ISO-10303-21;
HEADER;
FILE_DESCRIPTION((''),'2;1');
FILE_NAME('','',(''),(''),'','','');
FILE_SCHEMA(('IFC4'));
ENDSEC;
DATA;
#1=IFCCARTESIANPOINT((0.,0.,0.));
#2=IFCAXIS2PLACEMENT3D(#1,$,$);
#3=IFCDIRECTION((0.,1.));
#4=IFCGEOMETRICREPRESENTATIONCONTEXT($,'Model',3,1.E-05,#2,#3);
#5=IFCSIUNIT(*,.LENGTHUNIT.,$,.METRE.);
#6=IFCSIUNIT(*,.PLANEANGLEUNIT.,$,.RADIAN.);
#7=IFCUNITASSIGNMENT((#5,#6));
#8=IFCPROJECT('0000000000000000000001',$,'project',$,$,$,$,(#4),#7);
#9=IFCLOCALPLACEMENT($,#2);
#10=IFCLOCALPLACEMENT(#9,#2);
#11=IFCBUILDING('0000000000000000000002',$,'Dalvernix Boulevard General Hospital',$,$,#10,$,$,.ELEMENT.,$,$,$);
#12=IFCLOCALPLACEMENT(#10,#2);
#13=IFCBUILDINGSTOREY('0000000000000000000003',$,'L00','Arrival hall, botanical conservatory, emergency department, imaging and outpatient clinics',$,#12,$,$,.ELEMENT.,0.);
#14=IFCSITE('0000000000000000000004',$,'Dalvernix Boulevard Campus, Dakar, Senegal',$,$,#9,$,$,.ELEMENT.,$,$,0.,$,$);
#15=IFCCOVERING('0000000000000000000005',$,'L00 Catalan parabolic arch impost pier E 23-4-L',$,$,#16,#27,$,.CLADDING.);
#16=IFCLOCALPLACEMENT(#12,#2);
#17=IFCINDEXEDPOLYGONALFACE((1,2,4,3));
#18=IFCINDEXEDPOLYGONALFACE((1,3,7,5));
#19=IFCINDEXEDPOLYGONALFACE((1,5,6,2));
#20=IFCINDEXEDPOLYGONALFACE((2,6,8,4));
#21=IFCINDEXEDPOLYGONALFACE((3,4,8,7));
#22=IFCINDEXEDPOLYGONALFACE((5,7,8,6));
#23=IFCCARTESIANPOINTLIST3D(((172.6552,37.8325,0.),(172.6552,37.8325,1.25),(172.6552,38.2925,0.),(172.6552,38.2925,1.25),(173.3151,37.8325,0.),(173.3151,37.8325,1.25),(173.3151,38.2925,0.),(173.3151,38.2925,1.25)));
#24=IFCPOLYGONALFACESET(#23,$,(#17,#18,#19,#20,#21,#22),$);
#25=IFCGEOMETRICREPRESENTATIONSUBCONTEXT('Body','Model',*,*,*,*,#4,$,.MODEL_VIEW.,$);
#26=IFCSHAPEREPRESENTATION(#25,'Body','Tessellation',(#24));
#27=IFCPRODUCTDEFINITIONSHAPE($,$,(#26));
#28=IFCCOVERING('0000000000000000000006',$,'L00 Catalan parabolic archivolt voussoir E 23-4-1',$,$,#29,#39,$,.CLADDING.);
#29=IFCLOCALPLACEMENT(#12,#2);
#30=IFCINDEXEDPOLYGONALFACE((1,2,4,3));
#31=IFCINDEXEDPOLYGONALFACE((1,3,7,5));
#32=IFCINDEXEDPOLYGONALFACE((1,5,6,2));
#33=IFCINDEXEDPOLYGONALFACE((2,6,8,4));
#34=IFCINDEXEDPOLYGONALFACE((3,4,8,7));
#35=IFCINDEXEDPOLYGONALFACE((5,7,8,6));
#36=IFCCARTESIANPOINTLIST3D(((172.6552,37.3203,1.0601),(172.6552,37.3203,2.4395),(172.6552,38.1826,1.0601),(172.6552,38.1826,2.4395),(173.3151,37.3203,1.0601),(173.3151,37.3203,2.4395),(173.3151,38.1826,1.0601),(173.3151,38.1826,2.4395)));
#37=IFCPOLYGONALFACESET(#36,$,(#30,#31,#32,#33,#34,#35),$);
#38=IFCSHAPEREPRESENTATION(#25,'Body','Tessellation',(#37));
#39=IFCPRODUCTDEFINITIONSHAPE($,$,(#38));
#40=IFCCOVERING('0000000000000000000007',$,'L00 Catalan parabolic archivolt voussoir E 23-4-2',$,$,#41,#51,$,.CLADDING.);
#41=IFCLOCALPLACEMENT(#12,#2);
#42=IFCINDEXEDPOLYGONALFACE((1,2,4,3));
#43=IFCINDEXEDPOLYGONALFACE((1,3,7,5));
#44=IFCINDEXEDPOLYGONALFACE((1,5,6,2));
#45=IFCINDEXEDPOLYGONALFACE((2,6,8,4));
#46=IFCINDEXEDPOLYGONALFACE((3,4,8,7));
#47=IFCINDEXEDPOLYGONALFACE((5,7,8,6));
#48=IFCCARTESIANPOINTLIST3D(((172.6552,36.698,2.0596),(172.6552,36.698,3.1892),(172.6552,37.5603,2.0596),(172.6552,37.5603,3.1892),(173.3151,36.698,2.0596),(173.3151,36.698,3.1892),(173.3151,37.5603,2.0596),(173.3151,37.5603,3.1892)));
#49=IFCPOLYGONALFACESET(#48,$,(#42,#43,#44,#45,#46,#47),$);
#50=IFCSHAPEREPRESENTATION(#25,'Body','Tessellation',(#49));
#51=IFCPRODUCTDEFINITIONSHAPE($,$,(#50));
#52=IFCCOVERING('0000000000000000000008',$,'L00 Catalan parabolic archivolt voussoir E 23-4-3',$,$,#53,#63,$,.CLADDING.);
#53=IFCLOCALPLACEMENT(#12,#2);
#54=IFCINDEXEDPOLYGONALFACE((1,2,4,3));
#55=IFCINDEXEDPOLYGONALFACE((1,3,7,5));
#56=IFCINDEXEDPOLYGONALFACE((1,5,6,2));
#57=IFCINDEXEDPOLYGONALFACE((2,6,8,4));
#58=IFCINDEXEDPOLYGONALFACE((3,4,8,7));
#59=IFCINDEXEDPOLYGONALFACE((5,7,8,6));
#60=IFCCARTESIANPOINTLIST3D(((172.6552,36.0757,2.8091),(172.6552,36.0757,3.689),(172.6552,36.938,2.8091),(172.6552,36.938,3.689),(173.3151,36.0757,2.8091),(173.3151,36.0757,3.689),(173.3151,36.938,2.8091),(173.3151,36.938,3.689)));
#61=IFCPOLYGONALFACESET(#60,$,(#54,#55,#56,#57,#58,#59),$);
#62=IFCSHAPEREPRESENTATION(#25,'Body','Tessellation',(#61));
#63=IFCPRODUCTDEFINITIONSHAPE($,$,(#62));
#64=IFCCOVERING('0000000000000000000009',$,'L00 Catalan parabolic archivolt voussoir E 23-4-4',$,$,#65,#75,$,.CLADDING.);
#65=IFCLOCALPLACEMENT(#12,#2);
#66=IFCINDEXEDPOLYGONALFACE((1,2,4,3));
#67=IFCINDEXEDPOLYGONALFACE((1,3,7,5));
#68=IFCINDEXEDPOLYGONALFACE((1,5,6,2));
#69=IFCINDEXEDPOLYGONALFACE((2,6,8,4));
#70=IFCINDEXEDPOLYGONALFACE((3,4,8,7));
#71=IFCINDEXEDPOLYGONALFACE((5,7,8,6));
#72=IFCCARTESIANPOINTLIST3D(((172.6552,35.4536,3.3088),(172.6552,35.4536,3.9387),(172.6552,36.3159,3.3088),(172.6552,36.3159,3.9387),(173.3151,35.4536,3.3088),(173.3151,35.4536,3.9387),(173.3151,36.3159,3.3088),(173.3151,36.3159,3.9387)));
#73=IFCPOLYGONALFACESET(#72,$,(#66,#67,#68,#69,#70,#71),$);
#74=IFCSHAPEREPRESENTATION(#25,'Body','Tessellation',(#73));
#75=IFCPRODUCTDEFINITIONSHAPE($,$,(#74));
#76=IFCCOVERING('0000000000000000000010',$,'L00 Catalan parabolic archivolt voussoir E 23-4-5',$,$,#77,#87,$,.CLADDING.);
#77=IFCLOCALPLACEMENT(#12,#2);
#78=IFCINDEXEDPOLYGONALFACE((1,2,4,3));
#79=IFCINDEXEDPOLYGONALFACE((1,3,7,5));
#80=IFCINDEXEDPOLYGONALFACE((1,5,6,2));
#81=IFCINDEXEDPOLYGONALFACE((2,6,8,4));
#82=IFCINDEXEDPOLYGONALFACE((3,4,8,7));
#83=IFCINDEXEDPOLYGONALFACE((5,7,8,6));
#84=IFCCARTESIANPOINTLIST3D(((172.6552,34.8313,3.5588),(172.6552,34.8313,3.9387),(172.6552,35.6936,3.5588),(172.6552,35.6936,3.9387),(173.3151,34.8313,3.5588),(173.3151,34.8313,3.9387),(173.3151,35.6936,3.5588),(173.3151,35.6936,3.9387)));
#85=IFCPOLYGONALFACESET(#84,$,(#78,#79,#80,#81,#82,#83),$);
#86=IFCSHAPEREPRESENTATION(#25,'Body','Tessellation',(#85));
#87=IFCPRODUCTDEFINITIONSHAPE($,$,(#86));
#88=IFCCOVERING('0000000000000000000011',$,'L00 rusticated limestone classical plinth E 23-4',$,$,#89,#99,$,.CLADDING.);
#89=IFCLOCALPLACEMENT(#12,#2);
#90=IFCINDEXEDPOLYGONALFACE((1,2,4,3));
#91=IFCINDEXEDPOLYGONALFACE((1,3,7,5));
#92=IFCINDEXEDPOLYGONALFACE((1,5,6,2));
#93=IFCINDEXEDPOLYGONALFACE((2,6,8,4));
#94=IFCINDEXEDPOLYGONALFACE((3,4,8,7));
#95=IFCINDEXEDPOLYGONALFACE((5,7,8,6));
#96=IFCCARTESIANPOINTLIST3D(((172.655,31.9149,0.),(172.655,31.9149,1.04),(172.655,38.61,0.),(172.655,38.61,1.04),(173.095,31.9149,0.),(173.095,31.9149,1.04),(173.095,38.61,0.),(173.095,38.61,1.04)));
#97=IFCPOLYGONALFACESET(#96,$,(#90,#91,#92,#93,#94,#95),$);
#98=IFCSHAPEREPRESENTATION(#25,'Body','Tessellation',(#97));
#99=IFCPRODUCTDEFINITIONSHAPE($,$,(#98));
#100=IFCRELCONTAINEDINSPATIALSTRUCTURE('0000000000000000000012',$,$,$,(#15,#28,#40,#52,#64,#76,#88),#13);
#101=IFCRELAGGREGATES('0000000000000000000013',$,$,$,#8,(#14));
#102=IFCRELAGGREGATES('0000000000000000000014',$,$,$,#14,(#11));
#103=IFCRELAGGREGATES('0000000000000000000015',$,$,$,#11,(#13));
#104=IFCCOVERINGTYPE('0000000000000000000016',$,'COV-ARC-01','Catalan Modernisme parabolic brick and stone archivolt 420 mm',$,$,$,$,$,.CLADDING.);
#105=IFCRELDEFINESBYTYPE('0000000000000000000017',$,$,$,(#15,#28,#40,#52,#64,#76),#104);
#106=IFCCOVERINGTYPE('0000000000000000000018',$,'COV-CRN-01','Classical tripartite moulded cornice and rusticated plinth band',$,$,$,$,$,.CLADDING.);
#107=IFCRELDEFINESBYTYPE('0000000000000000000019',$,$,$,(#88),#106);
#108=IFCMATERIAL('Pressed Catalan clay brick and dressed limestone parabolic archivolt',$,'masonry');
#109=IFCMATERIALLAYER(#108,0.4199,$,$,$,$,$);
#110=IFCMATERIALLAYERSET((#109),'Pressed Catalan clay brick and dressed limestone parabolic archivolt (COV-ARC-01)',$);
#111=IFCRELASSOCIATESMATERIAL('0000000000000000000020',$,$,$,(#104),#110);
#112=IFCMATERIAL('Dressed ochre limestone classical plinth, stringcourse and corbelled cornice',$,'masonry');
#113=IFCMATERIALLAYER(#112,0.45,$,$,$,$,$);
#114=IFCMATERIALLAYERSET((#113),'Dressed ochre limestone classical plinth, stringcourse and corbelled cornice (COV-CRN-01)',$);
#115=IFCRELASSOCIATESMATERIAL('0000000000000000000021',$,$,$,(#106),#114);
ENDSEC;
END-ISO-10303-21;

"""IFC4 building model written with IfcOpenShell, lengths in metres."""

from ifc_helpers import new_model, si_unit, direction, frame, origin, origin_2d, place, context, subcontext, project, spatial, rectangle, extrude, material, layer, layer_set, type_object, element, save


model = new_model("IFC4")

# Units and contexts
model_context = context("Model", 3, precision=1e-05, world=origin(), true_north=direction((0.0, 1.0)))
body_context = subcontext(model_context, "Body", "Model", "MODEL_VIEW")
ifc_project = project(units=[si_unit("LENGTHUNIT", "METRE"), si_unit("PLANEANGLEUNIT", "RADIAN")], contexts=[model_context])

# Site, building, storey
site_placement = place(None, origin())
site = spatial("IfcSite", under=ifc_project, at=site_placement, Name="Dalvernix Boulevard Campus, Dakar, Senegal", CompositionType="ELEMENT", RefElevation=0.0)
building_placement = place(site_placement, origin())
building = spatial("IfcBuilding", under=site, at=building_placement, Name="Dalvernix Boulevard General Hospital", CompositionType="ELEMENT")
storey_placement = place(building_placement, origin())
storey = spatial("IfcBuildingStorey", under=building, at=storey_placement, Name="L00", Description="Arrival hall, botanical conservatory, emergency department, imaging and outpatient clinics", CompositionType="ELEMENT", Elevation=0.0)

# Coverings
ifc_material_1 = material(Name="Pressed Catalan clay brick and dressed limestone parabolic archivolt", Category="masonry")
ifc_layer_1 = layer(ifc_material_1, 0.4199)
ifc_layer_set_1 = layer_set([ifc_layer_1], Name="Pressed Catalan clay brick and dressed limestone parabolic archivolt (COV-ARC-01)")
covering_type_1 = type_object("IfcCoveringType", Name="COV-ARC-01", Description="Catalan Modernisme parabolic brick and stone archivolt 420 mm", PredefinedType="CLADDING", material=ifc_layer_set_1)
covering_1_placement = place(storey_placement, frame((172.9851, 38.0625, 0.0), z_axis=(0.0, 0.0, 1.0), x_axis=(0.0, -1.0, 0.0)))
element("IfcCovering", 1, at=covering_1_placement, inside=storey, type_object=covering_type_1, Name="L00 Catalan parabolic arch impost pier E 23-4-L", PredefinedType="CLADDING", context=body_context, shape_type="SweptSolid", body=[
    extrude(rectangle(XDim=0.46, YDim=0.6599, at=origin_2d()), origin(), (0.0, 0.0, 1.0), 1.25),
])
covering_2_placement = place(storey_placement, frame((172.9851, 37.7515, 1.0601), z_axis=(0.0, 0.0, 1.0), x_axis=(0.0, -1.0, 0.0)))
element("IfcCovering", 2, at=covering_2_placement, inside=storey, type_object=covering_type_1, Name="L00 Catalan parabolic archivolt voussoir E 23-4-1", PredefinedType="CLADDING", context=body_context, shape_type="SweptSolid", body=[
    extrude(rectangle(XDim=0.8623, YDim=0.6599, at=origin_2d()), origin(), (0.0, 0.0, 1.0), 1.3794),
])
covering_3_placement = place(storey_placement, frame((172.9851, 37.1292, 2.0596), z_axis=(0.0, 0.0, 1.0), x_axis=(0.0, -1.0, 0.0)))
element("IfcCovering", 3, at=covering_3_placement, inside=storey, type_object=covering_type_1, Name="L00 Catalan parabolic archivolt voussoir E 23-4-2", PredefinedType="CLADDING", context=body_context, shape_type="SweptSolid", body=[
    extrude(rectangle(XDim=0.8623, YDim=0.6599, at=origin_2d()), origin(), (0.0, 0.0, 1.0), 1.1296),
])
covering_4_placement = place(storey_placement, frame((172.9851, 36.5068, 2.8091), z_axis=(0.0, 0.0, 1.0), x_axis=(0.0, -1.0, 0.0)))
element("IfcCovering", 4, at=covering_4_placement, inside=storey, type_object=covering_type_1, Name="L00 Catalan parabolic archivolt voussoir E 23-4-3", PredefinedType="CLADDING", context=body_context, shape_type="SweptSolid", body=[
    extrude(rectangle(XDim=0.8623, YDim=0.6599, at=origin_2d()), origin(), (0.0, 0.0, 1.0), 0.8799),
])
covering_5_placement = place(storey_placement, frame((172.9851, 35.8848, 3.3088), z_axis=(0.0, 0.0, 1.0), x_axis=(0.0, -1.0, 0.0)))
element("IfcCovering", 5, at=covering_5_placement, inside=storey, type_object=covering_type_1, Name="L00 Catalan parabolic archivolt voussoir E 23-4-4", PredefinedType="CLADDING", context=body_context, shape_type="SweptSolid", body=[
    extrude(rectangle(XDim=0.8623, YDim=0.6599, at=origin_2d()), origin(), (0.0, 0.0, 1.0), 0.6299),
])
covering_6_placement = place(storey_placement, frame((172.9851, 35.2625, 3.5588), z_axis=(0.0, 0.0, 1.0), x_axis=(0.0, -1.0, 0.0)))
element("IfcCovering", 6, at=covering_6_placement, inside=storey, type_object=covering_type_1, Name="L00 Catalan parabolic archivolt voussoir E 23-4-5", PredefinedType="CLADDING", context=body_context, shape_type="SweptSolid", body=[
    extrude(rectangle(XDim=0.8623, YDim=0.6599, at=origin_2d()), origin(), (0.0, 0.0, 1.0), 0.3799),
])
ifc_material_2 = material(Name="Dressed ochre limestone classical plinth, stringcourse and corbelled cornice", Category="masonry")
ifc_layer_2 = layer(ifc_material_2, 0.45)
ifc_layer_set_2 = layer_set([ifc_layer_2], Name="Dressed ochre limestone classical plinth, stringcourse and corbelled cornice (COV-CRN-01)")
covering_type_2 = type_object("IfcCoveringType", Name="COV-CRN-01", Description="Classical tripartite moulded cornice and rusticated plinth band", PredefinedType="CLADDING", material=ifc_layer_set_2)
covering_7_placement = place(storey_placement, frame((172.875, 35.2625, 0.0), z_axis=(0.0, 0.0, 1.0), x_axis=(0.0, -1.0, 0.0)))
element("IfcCovering", 7, at=covering_7_placement, inside=storey, type_object=covering_type_2, Name="L00 rusticated limestone classical plinth E 23-4", PredefinedType="CLADDING", context=body_context, shape_type="SweptSolid", body=[
    extrude(rectangle(XDim=6.6951, YDim=0.4399, at=origin_2d()), origin(), (0.0, 0.0, 1.0), 1.04),
])

save(model, "model.ifc")
